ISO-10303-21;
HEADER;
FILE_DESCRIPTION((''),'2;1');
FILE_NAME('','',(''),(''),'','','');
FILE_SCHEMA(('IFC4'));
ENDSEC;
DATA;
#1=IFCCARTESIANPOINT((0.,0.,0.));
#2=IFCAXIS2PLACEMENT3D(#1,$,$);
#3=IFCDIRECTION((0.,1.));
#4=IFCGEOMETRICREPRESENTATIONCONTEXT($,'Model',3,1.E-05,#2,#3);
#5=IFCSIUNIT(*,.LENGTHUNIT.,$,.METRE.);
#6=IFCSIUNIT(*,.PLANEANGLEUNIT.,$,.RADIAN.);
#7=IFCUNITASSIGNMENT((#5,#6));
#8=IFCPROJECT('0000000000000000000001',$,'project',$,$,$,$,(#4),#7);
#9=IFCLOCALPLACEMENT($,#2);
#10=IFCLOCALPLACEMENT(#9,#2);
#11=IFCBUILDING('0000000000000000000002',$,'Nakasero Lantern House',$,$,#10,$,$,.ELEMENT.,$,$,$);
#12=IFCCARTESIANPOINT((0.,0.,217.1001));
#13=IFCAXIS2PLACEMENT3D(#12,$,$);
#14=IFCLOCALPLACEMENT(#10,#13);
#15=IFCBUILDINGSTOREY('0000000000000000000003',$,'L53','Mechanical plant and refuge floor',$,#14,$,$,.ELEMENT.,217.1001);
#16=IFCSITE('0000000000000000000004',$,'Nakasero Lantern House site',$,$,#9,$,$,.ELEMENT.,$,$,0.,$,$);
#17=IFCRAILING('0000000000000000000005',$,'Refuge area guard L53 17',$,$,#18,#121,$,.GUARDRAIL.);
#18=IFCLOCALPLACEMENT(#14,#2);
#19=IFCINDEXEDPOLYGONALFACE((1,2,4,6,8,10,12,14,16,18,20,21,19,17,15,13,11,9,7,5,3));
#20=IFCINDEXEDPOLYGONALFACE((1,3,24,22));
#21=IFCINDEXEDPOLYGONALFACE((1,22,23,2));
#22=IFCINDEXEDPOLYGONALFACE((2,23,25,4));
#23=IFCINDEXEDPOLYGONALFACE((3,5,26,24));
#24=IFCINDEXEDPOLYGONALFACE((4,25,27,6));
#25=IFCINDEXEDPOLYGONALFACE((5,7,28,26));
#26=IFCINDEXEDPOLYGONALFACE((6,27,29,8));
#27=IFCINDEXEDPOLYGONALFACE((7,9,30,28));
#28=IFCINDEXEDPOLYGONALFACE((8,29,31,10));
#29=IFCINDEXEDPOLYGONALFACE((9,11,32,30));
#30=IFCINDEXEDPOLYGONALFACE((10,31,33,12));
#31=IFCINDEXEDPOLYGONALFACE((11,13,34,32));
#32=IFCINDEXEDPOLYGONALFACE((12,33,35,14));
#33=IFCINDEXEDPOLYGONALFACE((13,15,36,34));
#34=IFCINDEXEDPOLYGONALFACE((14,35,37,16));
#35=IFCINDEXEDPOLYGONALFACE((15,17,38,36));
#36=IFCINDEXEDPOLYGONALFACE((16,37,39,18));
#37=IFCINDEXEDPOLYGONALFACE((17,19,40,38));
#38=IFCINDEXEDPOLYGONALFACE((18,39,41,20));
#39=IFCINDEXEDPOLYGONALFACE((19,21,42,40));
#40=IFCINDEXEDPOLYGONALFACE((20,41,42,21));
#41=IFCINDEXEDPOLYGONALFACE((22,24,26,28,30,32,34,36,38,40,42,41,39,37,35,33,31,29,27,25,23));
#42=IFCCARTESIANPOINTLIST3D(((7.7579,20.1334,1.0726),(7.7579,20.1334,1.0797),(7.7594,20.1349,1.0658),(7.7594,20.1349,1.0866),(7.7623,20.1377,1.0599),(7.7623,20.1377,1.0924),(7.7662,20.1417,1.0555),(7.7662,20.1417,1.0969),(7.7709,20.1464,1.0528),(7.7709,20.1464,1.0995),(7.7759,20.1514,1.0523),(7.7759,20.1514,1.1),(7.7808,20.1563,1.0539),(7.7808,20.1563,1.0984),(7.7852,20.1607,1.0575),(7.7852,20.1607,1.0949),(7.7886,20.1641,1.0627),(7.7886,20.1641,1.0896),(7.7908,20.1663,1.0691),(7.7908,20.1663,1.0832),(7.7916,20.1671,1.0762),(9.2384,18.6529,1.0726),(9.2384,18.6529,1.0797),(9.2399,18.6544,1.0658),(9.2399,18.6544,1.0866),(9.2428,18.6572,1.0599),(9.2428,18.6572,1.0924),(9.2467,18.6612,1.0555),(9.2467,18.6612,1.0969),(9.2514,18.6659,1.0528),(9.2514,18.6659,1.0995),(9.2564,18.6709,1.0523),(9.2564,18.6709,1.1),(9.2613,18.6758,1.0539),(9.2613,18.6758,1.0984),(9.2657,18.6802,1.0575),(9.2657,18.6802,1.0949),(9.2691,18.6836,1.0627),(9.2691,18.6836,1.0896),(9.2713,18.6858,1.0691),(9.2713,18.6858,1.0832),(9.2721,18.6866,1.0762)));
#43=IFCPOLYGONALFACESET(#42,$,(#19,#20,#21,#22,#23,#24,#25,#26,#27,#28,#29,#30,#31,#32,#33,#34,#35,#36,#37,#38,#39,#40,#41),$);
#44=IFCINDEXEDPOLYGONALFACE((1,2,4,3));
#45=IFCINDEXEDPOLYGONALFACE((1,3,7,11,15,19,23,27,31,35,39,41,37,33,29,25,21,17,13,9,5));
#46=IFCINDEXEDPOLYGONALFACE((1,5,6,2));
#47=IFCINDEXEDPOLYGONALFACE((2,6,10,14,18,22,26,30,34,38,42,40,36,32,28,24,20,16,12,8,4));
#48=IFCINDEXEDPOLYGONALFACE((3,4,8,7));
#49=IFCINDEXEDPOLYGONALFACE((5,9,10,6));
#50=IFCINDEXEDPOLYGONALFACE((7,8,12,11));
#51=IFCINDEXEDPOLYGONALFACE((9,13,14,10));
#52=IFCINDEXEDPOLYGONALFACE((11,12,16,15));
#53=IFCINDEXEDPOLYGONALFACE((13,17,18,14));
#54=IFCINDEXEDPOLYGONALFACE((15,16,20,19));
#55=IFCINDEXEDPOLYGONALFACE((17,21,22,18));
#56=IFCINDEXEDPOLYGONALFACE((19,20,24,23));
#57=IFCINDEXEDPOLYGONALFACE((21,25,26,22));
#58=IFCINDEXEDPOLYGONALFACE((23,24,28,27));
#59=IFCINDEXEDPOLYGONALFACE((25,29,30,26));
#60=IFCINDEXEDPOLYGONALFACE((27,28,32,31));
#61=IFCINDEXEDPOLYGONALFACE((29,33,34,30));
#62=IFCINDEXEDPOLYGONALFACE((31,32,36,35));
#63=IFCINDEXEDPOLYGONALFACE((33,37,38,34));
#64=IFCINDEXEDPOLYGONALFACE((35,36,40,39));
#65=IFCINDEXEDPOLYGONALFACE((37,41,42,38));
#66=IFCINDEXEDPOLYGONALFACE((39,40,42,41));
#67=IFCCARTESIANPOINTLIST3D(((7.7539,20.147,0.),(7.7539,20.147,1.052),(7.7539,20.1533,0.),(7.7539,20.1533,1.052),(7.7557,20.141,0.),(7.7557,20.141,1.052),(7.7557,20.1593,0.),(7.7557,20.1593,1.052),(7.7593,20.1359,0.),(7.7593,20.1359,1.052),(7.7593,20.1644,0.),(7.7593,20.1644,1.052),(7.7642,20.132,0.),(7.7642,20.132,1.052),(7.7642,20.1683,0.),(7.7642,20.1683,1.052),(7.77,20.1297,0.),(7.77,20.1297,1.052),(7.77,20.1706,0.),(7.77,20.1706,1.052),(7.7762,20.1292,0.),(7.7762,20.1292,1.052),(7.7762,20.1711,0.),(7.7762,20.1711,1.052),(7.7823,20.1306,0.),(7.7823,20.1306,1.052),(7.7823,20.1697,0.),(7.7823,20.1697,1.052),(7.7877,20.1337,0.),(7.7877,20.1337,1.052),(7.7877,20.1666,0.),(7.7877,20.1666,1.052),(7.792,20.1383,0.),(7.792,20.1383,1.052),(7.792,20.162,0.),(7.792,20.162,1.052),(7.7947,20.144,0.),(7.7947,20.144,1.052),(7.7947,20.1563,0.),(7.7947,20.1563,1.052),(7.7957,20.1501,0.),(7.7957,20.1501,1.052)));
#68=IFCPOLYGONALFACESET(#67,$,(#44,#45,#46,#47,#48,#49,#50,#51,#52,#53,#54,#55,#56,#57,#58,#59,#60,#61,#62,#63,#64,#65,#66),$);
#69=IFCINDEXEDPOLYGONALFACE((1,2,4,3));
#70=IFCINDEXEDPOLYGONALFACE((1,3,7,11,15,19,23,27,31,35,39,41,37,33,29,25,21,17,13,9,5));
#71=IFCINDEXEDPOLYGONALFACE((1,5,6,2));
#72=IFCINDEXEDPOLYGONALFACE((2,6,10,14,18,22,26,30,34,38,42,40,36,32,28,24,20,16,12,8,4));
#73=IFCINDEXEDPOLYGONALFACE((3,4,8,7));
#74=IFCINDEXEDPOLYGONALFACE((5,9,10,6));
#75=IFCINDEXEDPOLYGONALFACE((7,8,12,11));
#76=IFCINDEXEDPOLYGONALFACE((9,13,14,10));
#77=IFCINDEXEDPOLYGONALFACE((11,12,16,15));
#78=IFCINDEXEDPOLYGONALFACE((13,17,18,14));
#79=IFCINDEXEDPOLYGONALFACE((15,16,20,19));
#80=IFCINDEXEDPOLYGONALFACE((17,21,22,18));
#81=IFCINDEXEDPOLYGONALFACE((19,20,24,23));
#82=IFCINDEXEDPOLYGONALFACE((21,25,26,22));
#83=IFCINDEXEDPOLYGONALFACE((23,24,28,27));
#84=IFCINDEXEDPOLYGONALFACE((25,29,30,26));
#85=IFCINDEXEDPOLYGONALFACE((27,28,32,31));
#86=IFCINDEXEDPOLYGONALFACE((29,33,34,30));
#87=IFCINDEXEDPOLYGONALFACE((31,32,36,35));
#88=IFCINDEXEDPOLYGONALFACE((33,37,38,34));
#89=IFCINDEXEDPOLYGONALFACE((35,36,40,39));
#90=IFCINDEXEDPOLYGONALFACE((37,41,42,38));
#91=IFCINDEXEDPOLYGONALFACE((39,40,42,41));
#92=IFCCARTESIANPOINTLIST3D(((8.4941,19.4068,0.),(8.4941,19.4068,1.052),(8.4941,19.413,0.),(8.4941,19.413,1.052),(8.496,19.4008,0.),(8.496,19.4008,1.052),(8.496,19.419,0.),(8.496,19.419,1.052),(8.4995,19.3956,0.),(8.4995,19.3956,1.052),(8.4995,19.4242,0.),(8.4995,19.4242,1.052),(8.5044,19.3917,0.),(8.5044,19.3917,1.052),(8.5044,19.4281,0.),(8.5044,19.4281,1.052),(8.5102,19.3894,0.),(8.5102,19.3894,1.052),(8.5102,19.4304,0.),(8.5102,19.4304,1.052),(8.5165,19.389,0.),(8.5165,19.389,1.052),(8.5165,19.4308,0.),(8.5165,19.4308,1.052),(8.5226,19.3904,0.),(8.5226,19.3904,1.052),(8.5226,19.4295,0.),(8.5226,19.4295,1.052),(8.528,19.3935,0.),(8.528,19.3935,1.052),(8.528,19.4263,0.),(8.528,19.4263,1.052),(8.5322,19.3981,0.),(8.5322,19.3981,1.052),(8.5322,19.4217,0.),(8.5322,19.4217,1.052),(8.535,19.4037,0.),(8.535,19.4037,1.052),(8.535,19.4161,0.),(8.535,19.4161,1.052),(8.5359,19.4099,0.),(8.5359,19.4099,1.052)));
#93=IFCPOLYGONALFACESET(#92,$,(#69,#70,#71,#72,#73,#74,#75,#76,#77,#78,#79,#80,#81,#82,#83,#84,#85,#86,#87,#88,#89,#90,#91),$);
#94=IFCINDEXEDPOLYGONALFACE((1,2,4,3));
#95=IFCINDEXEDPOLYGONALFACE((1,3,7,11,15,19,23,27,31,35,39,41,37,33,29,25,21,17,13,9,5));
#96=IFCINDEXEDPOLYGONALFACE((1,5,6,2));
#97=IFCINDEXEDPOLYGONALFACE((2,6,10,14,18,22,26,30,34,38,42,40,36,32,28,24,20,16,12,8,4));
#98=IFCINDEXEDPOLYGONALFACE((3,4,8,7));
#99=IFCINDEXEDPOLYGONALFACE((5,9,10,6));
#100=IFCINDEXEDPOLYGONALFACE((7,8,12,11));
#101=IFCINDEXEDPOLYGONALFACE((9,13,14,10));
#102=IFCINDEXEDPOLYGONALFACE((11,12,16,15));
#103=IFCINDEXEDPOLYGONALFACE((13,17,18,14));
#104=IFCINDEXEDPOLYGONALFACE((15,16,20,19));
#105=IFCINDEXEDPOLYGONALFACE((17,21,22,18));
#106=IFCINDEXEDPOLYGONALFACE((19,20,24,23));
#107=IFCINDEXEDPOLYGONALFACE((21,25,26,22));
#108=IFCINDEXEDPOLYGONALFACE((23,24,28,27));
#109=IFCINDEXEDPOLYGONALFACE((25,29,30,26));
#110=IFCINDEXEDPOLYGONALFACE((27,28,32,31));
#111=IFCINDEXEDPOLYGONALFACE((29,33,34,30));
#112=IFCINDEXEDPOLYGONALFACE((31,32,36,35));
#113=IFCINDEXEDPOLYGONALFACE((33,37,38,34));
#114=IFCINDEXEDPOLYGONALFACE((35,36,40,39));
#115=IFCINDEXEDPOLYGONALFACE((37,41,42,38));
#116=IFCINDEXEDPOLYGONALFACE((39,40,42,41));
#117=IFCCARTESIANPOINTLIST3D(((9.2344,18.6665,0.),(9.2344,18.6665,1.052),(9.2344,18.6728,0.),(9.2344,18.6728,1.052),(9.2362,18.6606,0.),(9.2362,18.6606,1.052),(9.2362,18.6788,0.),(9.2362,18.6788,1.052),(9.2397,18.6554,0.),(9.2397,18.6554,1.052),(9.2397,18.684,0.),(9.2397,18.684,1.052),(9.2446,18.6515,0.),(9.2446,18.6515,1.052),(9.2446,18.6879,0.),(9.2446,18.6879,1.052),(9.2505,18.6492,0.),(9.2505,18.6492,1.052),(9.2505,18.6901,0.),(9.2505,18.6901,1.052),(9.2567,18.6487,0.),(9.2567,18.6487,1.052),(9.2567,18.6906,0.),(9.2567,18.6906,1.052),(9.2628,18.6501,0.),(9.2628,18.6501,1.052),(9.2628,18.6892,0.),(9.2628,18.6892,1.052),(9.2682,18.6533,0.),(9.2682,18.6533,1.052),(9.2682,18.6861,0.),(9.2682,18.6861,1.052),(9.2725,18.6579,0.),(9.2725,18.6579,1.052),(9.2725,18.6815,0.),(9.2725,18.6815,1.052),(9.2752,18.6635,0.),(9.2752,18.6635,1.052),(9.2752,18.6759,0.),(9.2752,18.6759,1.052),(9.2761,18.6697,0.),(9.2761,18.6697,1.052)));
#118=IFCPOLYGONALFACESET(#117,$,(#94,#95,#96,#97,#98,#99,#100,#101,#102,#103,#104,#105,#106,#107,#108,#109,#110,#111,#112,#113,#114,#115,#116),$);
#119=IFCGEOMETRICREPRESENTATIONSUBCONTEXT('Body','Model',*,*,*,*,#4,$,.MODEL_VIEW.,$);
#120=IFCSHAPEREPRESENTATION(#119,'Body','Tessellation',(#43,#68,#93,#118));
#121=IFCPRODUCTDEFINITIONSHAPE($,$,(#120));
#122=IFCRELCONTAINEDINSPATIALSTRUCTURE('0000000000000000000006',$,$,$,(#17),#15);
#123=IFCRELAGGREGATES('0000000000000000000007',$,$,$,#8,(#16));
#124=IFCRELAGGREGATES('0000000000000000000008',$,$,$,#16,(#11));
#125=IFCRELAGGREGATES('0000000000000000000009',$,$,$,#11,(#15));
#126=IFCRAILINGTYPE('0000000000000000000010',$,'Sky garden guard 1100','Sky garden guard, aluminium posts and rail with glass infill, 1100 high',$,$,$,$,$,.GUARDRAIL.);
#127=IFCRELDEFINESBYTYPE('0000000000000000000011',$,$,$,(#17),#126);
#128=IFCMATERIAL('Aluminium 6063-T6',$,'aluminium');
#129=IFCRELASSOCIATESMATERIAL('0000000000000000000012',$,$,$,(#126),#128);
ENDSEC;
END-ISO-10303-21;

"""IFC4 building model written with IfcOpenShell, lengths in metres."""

from ifc_helpers import new_model, si_unit, direction, frame, origin, origin_2d, place, context, subcontext, project, spatial, circle, extrude, material, type_object, element, save


model = new_model("IFC4")

# Units and contexts
model_context = context("Model", 3, precision=1e-05, world=origin(), true_north=direction((0.0, 1.0)))
body_context = subcontext(model_context, "Body", "Model", "MODEL_VIEW")
ifc_project = project(units=[si_unit("LENGTHUNIT", "METRE"), si_unit("PLANEANGLEUNIT", "RADIAN")], contexts=[model_context])

# Site, building, storey
site_placement = place(None, origin())
site = spatial("IfcSite", under=ifc_project, at=site_placement, Name="Nakasero Lantern House site", CompositionType="ELEMENT", RefElevation=0.0)
building_placement = place(site_placement, origin())
building = spatial("IfcBuilding", under=site, at=building_placement, Name="Nakasero Lantern House", CompositionType="ELEMENT")
storey_placement = place(building_placement, frame((0.0, 0.0, 217.1001)))
storey = spatial("IfcBuildingStorey", under=building, at=storey_placement, Name="L53", Description="Mechanical plant and refuge floor", CompositionType="ELEMENT", Elevation=217.1001)

# Railing
ifc_material_1 = material(Name="Aluminium 6063-T6", Category="aluminium")
railing_type = type_object("IfcRailingType", Name="Sky garden guard 1100", Description="Sky garden guard, aluminium posts and rail with glass infill, 1100 high", PredefinedType="GUARDRAIL", material=ifc_material_1)
railing_1_placement = place(storey_placement, frame((7.7747, 20.1501, 0.0)))
element("IfcRailing", 1, at=railing_1_placement, inside=storey, type_object=railing_type, Name="Refuge area guard L53 17", PredefinedType="GUARDRAIL", context=body_context, shape_type="SweptSolid", body=[
    extrude(circle(Radius=0.0239, at=origin_2d()), frame((0.0, 0.0, 1.0762), z_axis=(0.707107, -0.707107, 0.0), x_axis=(0.707107, 0.707107, 0.0)), (0.0, 0.0, 1.0), 2.0938),
    extrude(circle(Radius=0.021, at=origin_2d()), origin(), (0.0, 0.0, 1.0), 1.052),
    extrude(circle(Radius=0.021, at=origin_2d()), frame((0.7402, -0.7402, 0.0)), (0.0, 0.0, 1.0), 1.052),
    extrude(circle(Radius=0.021, at=origin_2d()), frame((1.4805, -1.4805, 0.0)), (0.0, 0.0, 1.0), 1.052),
])

save(model, "model.ifc")
